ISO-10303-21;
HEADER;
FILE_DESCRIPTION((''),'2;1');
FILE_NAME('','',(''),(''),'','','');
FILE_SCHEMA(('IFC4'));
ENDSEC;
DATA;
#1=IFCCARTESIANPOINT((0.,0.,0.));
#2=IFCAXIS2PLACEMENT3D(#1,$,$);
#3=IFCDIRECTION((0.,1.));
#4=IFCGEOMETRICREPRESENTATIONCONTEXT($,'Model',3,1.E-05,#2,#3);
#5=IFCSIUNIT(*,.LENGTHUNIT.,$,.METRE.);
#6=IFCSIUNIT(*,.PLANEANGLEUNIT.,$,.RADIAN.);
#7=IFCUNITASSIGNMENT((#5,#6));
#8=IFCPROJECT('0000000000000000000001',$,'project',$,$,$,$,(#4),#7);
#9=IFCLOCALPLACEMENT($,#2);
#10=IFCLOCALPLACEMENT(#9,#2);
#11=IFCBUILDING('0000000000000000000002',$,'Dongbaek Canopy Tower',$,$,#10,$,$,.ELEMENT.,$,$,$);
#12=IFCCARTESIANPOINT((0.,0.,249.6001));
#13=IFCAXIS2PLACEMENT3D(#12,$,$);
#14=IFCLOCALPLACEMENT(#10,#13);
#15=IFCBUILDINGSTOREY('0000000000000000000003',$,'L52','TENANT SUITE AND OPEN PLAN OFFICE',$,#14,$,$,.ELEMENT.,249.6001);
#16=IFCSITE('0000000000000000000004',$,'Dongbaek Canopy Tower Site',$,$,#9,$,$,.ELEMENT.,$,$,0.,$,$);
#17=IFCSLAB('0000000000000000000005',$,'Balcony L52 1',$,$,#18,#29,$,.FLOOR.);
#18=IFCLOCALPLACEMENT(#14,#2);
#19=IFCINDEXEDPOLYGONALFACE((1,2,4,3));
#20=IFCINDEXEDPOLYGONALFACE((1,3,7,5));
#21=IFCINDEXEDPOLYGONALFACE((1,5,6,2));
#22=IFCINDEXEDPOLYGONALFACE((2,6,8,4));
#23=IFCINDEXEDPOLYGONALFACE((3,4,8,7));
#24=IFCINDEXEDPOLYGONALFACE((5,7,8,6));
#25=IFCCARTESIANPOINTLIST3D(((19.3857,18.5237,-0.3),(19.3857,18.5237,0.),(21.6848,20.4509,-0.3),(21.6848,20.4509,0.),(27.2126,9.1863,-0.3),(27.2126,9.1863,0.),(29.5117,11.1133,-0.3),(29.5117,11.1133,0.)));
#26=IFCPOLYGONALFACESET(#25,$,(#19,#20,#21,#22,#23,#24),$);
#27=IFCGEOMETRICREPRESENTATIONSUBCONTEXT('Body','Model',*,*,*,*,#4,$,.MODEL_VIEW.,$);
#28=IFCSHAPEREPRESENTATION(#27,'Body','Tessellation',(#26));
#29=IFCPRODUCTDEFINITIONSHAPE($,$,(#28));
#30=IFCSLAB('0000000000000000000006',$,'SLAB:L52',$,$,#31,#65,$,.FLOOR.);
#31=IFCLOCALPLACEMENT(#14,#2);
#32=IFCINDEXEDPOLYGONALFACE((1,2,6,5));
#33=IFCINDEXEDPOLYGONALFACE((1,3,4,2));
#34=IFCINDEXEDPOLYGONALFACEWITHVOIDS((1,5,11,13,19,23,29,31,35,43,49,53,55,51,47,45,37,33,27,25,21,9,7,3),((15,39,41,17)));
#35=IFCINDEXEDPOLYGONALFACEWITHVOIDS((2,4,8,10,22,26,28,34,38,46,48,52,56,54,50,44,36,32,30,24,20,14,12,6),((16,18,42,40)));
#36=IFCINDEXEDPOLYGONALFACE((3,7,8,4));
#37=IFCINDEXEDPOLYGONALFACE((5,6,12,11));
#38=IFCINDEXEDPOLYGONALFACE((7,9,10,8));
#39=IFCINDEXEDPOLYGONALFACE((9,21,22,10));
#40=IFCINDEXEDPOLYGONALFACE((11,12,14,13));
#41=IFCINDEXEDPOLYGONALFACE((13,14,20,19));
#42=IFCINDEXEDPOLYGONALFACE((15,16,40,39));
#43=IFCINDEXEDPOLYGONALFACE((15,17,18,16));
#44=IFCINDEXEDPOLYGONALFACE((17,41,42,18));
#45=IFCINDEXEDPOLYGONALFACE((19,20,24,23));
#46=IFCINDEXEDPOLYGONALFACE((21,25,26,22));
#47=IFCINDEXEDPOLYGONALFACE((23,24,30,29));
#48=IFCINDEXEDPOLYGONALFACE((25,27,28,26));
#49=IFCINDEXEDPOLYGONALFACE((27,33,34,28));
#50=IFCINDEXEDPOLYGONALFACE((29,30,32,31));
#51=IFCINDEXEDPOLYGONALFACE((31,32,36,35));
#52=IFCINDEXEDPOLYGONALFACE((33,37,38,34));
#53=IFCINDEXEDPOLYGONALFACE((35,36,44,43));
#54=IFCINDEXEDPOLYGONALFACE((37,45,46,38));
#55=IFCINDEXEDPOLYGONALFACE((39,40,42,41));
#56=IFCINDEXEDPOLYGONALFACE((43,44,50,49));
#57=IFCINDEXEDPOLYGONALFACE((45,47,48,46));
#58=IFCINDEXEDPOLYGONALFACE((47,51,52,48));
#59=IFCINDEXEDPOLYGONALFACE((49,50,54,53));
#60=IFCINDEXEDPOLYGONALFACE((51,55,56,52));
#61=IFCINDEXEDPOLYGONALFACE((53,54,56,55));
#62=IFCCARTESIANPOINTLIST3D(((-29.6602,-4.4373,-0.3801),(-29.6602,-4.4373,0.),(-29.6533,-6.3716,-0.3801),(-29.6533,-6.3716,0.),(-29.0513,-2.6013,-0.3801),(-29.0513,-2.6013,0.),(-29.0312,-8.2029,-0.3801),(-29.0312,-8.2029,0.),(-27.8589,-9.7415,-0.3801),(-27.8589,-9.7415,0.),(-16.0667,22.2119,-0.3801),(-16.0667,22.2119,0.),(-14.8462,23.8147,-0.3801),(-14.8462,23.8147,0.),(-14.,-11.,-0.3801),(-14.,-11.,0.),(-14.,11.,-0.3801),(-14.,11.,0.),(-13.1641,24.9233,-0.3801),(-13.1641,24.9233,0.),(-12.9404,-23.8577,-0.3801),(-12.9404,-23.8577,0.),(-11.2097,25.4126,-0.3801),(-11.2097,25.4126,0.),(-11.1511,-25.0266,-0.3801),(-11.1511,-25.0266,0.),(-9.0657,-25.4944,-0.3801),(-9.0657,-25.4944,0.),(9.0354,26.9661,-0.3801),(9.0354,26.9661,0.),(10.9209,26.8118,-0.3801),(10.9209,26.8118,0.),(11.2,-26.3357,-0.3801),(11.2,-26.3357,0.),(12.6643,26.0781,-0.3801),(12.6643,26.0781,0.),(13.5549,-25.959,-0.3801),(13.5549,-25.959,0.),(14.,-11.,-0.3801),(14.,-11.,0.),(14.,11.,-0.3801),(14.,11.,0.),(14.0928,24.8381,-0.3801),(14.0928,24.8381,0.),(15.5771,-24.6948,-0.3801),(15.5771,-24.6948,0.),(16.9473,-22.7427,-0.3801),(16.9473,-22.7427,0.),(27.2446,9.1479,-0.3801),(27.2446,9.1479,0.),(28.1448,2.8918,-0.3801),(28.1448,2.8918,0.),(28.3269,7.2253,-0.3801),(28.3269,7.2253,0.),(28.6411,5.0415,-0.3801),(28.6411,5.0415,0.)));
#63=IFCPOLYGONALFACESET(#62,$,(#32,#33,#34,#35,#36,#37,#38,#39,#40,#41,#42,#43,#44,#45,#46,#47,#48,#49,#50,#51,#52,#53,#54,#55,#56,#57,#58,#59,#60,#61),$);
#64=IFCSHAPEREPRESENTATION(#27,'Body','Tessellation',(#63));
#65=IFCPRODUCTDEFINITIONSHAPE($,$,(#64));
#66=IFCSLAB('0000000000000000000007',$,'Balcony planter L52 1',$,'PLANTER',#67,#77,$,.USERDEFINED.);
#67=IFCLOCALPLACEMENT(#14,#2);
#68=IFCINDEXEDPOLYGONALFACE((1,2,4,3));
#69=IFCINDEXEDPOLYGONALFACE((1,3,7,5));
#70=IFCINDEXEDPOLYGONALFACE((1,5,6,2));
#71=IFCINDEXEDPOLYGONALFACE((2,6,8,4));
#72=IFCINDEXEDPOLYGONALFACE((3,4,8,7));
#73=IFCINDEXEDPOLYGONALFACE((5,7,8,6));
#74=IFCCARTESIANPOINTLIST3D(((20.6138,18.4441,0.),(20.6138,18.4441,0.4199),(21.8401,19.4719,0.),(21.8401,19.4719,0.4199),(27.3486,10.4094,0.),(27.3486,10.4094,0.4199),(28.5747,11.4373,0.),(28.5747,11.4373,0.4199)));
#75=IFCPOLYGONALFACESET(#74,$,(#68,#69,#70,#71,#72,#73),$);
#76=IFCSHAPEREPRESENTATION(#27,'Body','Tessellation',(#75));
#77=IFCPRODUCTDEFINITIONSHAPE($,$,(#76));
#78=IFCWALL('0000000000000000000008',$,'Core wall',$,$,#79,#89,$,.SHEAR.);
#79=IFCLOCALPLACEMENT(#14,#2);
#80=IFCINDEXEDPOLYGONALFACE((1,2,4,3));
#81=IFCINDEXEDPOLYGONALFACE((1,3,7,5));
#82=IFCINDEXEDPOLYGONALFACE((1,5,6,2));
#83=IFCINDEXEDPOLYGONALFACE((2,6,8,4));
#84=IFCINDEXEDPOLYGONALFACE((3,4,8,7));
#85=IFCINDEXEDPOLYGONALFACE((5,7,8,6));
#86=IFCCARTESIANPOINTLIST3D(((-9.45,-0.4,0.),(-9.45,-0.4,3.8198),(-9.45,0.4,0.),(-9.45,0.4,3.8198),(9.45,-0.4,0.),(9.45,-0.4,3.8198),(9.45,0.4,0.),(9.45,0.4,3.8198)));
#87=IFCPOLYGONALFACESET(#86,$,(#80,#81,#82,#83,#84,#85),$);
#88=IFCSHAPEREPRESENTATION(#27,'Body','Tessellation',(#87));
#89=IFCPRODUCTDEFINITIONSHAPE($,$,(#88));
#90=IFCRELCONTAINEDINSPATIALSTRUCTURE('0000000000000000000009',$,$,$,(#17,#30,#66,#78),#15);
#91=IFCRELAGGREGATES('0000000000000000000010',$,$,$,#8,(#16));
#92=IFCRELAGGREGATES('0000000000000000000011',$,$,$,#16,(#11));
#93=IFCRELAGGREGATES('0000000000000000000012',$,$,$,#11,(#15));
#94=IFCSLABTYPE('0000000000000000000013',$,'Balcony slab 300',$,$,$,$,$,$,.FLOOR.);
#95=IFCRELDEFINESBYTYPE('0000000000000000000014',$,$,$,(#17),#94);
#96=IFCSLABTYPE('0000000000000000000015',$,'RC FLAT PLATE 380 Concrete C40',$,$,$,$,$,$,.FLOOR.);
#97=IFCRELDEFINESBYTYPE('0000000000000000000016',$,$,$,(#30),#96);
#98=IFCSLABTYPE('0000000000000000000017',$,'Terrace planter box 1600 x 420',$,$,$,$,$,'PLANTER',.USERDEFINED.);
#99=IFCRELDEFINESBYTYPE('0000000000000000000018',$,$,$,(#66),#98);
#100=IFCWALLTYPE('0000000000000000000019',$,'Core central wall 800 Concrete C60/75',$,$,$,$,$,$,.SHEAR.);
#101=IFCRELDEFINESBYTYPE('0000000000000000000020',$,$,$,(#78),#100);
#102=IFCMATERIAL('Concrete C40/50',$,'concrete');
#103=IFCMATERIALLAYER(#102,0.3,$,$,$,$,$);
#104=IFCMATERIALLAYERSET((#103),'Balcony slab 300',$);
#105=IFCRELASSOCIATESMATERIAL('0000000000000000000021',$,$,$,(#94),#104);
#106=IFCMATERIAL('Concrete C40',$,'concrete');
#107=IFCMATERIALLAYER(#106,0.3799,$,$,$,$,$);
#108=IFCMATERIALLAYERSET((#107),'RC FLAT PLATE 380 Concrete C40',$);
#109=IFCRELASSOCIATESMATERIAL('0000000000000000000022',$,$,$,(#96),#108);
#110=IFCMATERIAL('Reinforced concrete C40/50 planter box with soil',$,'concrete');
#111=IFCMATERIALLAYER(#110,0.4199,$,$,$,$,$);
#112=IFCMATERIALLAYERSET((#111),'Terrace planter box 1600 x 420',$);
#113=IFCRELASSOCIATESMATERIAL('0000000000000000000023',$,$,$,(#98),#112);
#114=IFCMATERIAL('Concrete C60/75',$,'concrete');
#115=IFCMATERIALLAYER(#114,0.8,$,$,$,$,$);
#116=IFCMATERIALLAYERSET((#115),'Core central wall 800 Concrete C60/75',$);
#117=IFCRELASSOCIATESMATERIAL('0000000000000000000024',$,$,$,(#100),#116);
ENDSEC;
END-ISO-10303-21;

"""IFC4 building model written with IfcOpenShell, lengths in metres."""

from ifc_helpers import new_model, si_unit, direction, frame, frame_2d, origin, place, context, subcontext, project, spatial, polyline, rectangle, outline, extrude, material, layer, layer_set, type_object, element, save


model = new_model("IFC4")

# Units and contexts
model_context = context("Model", 3, precision=1e-05, world=origin(), true_north=direction((0.0, 1.0)))
body_context = subcontext(model_context, "Body", "Model", "MODEL_VIEW")
ifc_project = project(units=[si_unit("LENGTHUNIT", "METRE"), si_unit("PLANEANGLEUNIT", "RADIAN")], contexts=[model_context])

# Site, building, storey
site_placement = place(None, origin())
site = spatial("IfcSite", under=ifc_project, at=site_placement, Name="Dongbaek Canopy Tower Site", CompositionType="ELEMENT", RefElevation=0.0)
building_placement = place(site_placement, origin())
building = spatial("IfcBuilding", under=site, at=building_placement, Name="Dongbaek Canopy Tower", CompositionType="ELEMENT")
storey_placement = place(building_placement, frame((0.0, 0.0, 249.6001)))
storey = spatial("IfcBuildingStorey", under=building, at=storey_placement, Name="L52", Description="TENANT SUITE AND OPEN PLAN OFFICE", CompositionType="ELEMENT", Elevation=249.6001)

# Slabs
ifc_material_1 = material(Name="Concrete C40/50", Category="concrete")
ifc_layer_1 = layer(ifc_material_1, 0.3)
ifc_layer_set_1 = layer_set([ifc_layer_1], Name="Balcony slab 300")
slab_type_1 = type_object("IfcSlabType", Name="Balcony slab 300", PredefinedType="FLOOR", material=ifc_layer_set_1)
slab_1_placement = place(storey_placement, frame((0.0, 0.0, -0.3)))
element("IfcSlab", 1, at=slab_1_placement, inside=storey, type_object=slab_type_1, Name="Balcony L52 1", PredefinedType="FLOOR", context=body_context, shape_type="SweptSolid", body=[
    extrude(outline(polyline([(27.2126, 9.1863), (19.3857, 18.5237), (21.6848, 20.4509), (29.5117, 11.1133), (27.2126, 9.1863)])), origin(), (0.0, 0.0, 1.0), 0.3),
])
ifc_material_2 = material(Name="Concrete C40", Category="concrete")
ifc_layer_2 = layer(ifc_material_2, 0.3799)
ifc_layer_set_2 = layer_set([ifc_layer_2], Name="RC FLAT PLATE 380 Concrete C40")
slab_type_2 = type_object("IfcSlabType", Name="RC FLAT PLATE 380 Concrete C40", PredefinedType="FLOOR", material=ifc_layer_set_2)
slab_2_placement = place(storey_placement, frame((0.0, 0.0, -0.3801)))
element("IfcSlab", 2, at=slab_2_placement, inside=storey, type_object=slab_type_2, Name="SLAB:L52", PredefinedType="FLOOR", context=body_context, shape_type="SweptSolid", body=[
    extrude(outline(polyline([(16.9473, -22.7427), (15.5771, -24.6948), (13.5549, -25.959), (11.2, -26.3357), (-9.0657, -25.4944), (-11.1511, -25.0266), (-12.9404, -23.8577), (-27.8589, -9.7415), (-29.0312, -8.2029), (-29.6533, -6.3716), (-29.6602, -4.4373), (-29.0513, -2.6013), (-16.0667, 22.2119), (-14.8462, 23.8147), (-13.1641, 24.9233), (-11.2097, 25.4126), (9.0354, 26.9661), (10.9209, 26.8118), (12.6643, 26.0781), (14.0928, 24.8381), (27.2446, 9.1479), (28.3269, 7.2253), (28.6411, 5.0415), (28.1448, 2.8918), (16.9473, -22.7427)]), holes=[polyline([(14.0, 11.0), (-14.0, 11.0), (-14.0, -11.0), (14.0, -11.0), (14.0, 11.0)])]), origin(), (0.0, 0.0, 1.0), 0.3801),
])
ifc_material_3 = material(Name="Reinforced concrete C40/50 planter box with soil", Category="concrete")
ifc_layer_3 = layer(ifc_material_3, 0.4199)
ifc_layer_set_3 = layer_set([ifc_layer_3], Name="Terrace planter box 1600 x 420")
slab_type_3 = type_object("IfcSlabType", Name="Terrace planter box 1600 x 420", ElementType="PLANTER", PredefinedType="USERDEFINED", material=ifc_layer_set_3)
slab_3_placement = place(storey_placement, origin())
element("IfcSlab", 3, at=slab_3_placement, inside=storey, type_object=slab_type_3, Name="Balcony planter L52 1", ObjectType="PLANTER", PredefinedType="USERDEFINED", context=body_context, shape_type="SweptSolid", body=[
    extrude(outline(polyline([(27.3486, 10.4094), (20.6138, 18.4441), (21.8401, 19.4719), (28.5747, 11.4373), (27.3486, 10.4094)])), origin(), (0.0, 0.0, 1.0), 0.4199),
])

# Wall
ifc_material_4 = material(Name="Concrete C60/75", Category="concrete")
ifc_layer_4 = layer(ifc_material_4, 0.8)
ifc_layer_set_4 = layer_set([ifc_layer_4], Name="Core central wall 800 Concrete C60/75")
wall_type_1 = type_object("IfcWallType", Name="Core central wall 800 Concrete C60/75", PredefinedType="SHEAR", material=ifc_layer_set_4)
wall_1_placement = place(storey_placement, frame((-9.45, 0.0, 0.0), z_axis=(0.0, 0.0, 1.0), x_axis=(1.0, 0.0, 0.0)))
element("IfcWall", 4, at=wall_1_placement, inside=storey, type_object=wall_type_1, Name="Core wall", PredefinedType="SHEAR", context=body_context, shape_type="SweptSolid", body=[
    extrude(rectangle(XDim=18.8999, YDim=0.8, at=frame_2d((9.45, 0.0))), origin(), (0.0, 0.0, 1.0), 3.8198),
])

save(model, "model.ifc")
